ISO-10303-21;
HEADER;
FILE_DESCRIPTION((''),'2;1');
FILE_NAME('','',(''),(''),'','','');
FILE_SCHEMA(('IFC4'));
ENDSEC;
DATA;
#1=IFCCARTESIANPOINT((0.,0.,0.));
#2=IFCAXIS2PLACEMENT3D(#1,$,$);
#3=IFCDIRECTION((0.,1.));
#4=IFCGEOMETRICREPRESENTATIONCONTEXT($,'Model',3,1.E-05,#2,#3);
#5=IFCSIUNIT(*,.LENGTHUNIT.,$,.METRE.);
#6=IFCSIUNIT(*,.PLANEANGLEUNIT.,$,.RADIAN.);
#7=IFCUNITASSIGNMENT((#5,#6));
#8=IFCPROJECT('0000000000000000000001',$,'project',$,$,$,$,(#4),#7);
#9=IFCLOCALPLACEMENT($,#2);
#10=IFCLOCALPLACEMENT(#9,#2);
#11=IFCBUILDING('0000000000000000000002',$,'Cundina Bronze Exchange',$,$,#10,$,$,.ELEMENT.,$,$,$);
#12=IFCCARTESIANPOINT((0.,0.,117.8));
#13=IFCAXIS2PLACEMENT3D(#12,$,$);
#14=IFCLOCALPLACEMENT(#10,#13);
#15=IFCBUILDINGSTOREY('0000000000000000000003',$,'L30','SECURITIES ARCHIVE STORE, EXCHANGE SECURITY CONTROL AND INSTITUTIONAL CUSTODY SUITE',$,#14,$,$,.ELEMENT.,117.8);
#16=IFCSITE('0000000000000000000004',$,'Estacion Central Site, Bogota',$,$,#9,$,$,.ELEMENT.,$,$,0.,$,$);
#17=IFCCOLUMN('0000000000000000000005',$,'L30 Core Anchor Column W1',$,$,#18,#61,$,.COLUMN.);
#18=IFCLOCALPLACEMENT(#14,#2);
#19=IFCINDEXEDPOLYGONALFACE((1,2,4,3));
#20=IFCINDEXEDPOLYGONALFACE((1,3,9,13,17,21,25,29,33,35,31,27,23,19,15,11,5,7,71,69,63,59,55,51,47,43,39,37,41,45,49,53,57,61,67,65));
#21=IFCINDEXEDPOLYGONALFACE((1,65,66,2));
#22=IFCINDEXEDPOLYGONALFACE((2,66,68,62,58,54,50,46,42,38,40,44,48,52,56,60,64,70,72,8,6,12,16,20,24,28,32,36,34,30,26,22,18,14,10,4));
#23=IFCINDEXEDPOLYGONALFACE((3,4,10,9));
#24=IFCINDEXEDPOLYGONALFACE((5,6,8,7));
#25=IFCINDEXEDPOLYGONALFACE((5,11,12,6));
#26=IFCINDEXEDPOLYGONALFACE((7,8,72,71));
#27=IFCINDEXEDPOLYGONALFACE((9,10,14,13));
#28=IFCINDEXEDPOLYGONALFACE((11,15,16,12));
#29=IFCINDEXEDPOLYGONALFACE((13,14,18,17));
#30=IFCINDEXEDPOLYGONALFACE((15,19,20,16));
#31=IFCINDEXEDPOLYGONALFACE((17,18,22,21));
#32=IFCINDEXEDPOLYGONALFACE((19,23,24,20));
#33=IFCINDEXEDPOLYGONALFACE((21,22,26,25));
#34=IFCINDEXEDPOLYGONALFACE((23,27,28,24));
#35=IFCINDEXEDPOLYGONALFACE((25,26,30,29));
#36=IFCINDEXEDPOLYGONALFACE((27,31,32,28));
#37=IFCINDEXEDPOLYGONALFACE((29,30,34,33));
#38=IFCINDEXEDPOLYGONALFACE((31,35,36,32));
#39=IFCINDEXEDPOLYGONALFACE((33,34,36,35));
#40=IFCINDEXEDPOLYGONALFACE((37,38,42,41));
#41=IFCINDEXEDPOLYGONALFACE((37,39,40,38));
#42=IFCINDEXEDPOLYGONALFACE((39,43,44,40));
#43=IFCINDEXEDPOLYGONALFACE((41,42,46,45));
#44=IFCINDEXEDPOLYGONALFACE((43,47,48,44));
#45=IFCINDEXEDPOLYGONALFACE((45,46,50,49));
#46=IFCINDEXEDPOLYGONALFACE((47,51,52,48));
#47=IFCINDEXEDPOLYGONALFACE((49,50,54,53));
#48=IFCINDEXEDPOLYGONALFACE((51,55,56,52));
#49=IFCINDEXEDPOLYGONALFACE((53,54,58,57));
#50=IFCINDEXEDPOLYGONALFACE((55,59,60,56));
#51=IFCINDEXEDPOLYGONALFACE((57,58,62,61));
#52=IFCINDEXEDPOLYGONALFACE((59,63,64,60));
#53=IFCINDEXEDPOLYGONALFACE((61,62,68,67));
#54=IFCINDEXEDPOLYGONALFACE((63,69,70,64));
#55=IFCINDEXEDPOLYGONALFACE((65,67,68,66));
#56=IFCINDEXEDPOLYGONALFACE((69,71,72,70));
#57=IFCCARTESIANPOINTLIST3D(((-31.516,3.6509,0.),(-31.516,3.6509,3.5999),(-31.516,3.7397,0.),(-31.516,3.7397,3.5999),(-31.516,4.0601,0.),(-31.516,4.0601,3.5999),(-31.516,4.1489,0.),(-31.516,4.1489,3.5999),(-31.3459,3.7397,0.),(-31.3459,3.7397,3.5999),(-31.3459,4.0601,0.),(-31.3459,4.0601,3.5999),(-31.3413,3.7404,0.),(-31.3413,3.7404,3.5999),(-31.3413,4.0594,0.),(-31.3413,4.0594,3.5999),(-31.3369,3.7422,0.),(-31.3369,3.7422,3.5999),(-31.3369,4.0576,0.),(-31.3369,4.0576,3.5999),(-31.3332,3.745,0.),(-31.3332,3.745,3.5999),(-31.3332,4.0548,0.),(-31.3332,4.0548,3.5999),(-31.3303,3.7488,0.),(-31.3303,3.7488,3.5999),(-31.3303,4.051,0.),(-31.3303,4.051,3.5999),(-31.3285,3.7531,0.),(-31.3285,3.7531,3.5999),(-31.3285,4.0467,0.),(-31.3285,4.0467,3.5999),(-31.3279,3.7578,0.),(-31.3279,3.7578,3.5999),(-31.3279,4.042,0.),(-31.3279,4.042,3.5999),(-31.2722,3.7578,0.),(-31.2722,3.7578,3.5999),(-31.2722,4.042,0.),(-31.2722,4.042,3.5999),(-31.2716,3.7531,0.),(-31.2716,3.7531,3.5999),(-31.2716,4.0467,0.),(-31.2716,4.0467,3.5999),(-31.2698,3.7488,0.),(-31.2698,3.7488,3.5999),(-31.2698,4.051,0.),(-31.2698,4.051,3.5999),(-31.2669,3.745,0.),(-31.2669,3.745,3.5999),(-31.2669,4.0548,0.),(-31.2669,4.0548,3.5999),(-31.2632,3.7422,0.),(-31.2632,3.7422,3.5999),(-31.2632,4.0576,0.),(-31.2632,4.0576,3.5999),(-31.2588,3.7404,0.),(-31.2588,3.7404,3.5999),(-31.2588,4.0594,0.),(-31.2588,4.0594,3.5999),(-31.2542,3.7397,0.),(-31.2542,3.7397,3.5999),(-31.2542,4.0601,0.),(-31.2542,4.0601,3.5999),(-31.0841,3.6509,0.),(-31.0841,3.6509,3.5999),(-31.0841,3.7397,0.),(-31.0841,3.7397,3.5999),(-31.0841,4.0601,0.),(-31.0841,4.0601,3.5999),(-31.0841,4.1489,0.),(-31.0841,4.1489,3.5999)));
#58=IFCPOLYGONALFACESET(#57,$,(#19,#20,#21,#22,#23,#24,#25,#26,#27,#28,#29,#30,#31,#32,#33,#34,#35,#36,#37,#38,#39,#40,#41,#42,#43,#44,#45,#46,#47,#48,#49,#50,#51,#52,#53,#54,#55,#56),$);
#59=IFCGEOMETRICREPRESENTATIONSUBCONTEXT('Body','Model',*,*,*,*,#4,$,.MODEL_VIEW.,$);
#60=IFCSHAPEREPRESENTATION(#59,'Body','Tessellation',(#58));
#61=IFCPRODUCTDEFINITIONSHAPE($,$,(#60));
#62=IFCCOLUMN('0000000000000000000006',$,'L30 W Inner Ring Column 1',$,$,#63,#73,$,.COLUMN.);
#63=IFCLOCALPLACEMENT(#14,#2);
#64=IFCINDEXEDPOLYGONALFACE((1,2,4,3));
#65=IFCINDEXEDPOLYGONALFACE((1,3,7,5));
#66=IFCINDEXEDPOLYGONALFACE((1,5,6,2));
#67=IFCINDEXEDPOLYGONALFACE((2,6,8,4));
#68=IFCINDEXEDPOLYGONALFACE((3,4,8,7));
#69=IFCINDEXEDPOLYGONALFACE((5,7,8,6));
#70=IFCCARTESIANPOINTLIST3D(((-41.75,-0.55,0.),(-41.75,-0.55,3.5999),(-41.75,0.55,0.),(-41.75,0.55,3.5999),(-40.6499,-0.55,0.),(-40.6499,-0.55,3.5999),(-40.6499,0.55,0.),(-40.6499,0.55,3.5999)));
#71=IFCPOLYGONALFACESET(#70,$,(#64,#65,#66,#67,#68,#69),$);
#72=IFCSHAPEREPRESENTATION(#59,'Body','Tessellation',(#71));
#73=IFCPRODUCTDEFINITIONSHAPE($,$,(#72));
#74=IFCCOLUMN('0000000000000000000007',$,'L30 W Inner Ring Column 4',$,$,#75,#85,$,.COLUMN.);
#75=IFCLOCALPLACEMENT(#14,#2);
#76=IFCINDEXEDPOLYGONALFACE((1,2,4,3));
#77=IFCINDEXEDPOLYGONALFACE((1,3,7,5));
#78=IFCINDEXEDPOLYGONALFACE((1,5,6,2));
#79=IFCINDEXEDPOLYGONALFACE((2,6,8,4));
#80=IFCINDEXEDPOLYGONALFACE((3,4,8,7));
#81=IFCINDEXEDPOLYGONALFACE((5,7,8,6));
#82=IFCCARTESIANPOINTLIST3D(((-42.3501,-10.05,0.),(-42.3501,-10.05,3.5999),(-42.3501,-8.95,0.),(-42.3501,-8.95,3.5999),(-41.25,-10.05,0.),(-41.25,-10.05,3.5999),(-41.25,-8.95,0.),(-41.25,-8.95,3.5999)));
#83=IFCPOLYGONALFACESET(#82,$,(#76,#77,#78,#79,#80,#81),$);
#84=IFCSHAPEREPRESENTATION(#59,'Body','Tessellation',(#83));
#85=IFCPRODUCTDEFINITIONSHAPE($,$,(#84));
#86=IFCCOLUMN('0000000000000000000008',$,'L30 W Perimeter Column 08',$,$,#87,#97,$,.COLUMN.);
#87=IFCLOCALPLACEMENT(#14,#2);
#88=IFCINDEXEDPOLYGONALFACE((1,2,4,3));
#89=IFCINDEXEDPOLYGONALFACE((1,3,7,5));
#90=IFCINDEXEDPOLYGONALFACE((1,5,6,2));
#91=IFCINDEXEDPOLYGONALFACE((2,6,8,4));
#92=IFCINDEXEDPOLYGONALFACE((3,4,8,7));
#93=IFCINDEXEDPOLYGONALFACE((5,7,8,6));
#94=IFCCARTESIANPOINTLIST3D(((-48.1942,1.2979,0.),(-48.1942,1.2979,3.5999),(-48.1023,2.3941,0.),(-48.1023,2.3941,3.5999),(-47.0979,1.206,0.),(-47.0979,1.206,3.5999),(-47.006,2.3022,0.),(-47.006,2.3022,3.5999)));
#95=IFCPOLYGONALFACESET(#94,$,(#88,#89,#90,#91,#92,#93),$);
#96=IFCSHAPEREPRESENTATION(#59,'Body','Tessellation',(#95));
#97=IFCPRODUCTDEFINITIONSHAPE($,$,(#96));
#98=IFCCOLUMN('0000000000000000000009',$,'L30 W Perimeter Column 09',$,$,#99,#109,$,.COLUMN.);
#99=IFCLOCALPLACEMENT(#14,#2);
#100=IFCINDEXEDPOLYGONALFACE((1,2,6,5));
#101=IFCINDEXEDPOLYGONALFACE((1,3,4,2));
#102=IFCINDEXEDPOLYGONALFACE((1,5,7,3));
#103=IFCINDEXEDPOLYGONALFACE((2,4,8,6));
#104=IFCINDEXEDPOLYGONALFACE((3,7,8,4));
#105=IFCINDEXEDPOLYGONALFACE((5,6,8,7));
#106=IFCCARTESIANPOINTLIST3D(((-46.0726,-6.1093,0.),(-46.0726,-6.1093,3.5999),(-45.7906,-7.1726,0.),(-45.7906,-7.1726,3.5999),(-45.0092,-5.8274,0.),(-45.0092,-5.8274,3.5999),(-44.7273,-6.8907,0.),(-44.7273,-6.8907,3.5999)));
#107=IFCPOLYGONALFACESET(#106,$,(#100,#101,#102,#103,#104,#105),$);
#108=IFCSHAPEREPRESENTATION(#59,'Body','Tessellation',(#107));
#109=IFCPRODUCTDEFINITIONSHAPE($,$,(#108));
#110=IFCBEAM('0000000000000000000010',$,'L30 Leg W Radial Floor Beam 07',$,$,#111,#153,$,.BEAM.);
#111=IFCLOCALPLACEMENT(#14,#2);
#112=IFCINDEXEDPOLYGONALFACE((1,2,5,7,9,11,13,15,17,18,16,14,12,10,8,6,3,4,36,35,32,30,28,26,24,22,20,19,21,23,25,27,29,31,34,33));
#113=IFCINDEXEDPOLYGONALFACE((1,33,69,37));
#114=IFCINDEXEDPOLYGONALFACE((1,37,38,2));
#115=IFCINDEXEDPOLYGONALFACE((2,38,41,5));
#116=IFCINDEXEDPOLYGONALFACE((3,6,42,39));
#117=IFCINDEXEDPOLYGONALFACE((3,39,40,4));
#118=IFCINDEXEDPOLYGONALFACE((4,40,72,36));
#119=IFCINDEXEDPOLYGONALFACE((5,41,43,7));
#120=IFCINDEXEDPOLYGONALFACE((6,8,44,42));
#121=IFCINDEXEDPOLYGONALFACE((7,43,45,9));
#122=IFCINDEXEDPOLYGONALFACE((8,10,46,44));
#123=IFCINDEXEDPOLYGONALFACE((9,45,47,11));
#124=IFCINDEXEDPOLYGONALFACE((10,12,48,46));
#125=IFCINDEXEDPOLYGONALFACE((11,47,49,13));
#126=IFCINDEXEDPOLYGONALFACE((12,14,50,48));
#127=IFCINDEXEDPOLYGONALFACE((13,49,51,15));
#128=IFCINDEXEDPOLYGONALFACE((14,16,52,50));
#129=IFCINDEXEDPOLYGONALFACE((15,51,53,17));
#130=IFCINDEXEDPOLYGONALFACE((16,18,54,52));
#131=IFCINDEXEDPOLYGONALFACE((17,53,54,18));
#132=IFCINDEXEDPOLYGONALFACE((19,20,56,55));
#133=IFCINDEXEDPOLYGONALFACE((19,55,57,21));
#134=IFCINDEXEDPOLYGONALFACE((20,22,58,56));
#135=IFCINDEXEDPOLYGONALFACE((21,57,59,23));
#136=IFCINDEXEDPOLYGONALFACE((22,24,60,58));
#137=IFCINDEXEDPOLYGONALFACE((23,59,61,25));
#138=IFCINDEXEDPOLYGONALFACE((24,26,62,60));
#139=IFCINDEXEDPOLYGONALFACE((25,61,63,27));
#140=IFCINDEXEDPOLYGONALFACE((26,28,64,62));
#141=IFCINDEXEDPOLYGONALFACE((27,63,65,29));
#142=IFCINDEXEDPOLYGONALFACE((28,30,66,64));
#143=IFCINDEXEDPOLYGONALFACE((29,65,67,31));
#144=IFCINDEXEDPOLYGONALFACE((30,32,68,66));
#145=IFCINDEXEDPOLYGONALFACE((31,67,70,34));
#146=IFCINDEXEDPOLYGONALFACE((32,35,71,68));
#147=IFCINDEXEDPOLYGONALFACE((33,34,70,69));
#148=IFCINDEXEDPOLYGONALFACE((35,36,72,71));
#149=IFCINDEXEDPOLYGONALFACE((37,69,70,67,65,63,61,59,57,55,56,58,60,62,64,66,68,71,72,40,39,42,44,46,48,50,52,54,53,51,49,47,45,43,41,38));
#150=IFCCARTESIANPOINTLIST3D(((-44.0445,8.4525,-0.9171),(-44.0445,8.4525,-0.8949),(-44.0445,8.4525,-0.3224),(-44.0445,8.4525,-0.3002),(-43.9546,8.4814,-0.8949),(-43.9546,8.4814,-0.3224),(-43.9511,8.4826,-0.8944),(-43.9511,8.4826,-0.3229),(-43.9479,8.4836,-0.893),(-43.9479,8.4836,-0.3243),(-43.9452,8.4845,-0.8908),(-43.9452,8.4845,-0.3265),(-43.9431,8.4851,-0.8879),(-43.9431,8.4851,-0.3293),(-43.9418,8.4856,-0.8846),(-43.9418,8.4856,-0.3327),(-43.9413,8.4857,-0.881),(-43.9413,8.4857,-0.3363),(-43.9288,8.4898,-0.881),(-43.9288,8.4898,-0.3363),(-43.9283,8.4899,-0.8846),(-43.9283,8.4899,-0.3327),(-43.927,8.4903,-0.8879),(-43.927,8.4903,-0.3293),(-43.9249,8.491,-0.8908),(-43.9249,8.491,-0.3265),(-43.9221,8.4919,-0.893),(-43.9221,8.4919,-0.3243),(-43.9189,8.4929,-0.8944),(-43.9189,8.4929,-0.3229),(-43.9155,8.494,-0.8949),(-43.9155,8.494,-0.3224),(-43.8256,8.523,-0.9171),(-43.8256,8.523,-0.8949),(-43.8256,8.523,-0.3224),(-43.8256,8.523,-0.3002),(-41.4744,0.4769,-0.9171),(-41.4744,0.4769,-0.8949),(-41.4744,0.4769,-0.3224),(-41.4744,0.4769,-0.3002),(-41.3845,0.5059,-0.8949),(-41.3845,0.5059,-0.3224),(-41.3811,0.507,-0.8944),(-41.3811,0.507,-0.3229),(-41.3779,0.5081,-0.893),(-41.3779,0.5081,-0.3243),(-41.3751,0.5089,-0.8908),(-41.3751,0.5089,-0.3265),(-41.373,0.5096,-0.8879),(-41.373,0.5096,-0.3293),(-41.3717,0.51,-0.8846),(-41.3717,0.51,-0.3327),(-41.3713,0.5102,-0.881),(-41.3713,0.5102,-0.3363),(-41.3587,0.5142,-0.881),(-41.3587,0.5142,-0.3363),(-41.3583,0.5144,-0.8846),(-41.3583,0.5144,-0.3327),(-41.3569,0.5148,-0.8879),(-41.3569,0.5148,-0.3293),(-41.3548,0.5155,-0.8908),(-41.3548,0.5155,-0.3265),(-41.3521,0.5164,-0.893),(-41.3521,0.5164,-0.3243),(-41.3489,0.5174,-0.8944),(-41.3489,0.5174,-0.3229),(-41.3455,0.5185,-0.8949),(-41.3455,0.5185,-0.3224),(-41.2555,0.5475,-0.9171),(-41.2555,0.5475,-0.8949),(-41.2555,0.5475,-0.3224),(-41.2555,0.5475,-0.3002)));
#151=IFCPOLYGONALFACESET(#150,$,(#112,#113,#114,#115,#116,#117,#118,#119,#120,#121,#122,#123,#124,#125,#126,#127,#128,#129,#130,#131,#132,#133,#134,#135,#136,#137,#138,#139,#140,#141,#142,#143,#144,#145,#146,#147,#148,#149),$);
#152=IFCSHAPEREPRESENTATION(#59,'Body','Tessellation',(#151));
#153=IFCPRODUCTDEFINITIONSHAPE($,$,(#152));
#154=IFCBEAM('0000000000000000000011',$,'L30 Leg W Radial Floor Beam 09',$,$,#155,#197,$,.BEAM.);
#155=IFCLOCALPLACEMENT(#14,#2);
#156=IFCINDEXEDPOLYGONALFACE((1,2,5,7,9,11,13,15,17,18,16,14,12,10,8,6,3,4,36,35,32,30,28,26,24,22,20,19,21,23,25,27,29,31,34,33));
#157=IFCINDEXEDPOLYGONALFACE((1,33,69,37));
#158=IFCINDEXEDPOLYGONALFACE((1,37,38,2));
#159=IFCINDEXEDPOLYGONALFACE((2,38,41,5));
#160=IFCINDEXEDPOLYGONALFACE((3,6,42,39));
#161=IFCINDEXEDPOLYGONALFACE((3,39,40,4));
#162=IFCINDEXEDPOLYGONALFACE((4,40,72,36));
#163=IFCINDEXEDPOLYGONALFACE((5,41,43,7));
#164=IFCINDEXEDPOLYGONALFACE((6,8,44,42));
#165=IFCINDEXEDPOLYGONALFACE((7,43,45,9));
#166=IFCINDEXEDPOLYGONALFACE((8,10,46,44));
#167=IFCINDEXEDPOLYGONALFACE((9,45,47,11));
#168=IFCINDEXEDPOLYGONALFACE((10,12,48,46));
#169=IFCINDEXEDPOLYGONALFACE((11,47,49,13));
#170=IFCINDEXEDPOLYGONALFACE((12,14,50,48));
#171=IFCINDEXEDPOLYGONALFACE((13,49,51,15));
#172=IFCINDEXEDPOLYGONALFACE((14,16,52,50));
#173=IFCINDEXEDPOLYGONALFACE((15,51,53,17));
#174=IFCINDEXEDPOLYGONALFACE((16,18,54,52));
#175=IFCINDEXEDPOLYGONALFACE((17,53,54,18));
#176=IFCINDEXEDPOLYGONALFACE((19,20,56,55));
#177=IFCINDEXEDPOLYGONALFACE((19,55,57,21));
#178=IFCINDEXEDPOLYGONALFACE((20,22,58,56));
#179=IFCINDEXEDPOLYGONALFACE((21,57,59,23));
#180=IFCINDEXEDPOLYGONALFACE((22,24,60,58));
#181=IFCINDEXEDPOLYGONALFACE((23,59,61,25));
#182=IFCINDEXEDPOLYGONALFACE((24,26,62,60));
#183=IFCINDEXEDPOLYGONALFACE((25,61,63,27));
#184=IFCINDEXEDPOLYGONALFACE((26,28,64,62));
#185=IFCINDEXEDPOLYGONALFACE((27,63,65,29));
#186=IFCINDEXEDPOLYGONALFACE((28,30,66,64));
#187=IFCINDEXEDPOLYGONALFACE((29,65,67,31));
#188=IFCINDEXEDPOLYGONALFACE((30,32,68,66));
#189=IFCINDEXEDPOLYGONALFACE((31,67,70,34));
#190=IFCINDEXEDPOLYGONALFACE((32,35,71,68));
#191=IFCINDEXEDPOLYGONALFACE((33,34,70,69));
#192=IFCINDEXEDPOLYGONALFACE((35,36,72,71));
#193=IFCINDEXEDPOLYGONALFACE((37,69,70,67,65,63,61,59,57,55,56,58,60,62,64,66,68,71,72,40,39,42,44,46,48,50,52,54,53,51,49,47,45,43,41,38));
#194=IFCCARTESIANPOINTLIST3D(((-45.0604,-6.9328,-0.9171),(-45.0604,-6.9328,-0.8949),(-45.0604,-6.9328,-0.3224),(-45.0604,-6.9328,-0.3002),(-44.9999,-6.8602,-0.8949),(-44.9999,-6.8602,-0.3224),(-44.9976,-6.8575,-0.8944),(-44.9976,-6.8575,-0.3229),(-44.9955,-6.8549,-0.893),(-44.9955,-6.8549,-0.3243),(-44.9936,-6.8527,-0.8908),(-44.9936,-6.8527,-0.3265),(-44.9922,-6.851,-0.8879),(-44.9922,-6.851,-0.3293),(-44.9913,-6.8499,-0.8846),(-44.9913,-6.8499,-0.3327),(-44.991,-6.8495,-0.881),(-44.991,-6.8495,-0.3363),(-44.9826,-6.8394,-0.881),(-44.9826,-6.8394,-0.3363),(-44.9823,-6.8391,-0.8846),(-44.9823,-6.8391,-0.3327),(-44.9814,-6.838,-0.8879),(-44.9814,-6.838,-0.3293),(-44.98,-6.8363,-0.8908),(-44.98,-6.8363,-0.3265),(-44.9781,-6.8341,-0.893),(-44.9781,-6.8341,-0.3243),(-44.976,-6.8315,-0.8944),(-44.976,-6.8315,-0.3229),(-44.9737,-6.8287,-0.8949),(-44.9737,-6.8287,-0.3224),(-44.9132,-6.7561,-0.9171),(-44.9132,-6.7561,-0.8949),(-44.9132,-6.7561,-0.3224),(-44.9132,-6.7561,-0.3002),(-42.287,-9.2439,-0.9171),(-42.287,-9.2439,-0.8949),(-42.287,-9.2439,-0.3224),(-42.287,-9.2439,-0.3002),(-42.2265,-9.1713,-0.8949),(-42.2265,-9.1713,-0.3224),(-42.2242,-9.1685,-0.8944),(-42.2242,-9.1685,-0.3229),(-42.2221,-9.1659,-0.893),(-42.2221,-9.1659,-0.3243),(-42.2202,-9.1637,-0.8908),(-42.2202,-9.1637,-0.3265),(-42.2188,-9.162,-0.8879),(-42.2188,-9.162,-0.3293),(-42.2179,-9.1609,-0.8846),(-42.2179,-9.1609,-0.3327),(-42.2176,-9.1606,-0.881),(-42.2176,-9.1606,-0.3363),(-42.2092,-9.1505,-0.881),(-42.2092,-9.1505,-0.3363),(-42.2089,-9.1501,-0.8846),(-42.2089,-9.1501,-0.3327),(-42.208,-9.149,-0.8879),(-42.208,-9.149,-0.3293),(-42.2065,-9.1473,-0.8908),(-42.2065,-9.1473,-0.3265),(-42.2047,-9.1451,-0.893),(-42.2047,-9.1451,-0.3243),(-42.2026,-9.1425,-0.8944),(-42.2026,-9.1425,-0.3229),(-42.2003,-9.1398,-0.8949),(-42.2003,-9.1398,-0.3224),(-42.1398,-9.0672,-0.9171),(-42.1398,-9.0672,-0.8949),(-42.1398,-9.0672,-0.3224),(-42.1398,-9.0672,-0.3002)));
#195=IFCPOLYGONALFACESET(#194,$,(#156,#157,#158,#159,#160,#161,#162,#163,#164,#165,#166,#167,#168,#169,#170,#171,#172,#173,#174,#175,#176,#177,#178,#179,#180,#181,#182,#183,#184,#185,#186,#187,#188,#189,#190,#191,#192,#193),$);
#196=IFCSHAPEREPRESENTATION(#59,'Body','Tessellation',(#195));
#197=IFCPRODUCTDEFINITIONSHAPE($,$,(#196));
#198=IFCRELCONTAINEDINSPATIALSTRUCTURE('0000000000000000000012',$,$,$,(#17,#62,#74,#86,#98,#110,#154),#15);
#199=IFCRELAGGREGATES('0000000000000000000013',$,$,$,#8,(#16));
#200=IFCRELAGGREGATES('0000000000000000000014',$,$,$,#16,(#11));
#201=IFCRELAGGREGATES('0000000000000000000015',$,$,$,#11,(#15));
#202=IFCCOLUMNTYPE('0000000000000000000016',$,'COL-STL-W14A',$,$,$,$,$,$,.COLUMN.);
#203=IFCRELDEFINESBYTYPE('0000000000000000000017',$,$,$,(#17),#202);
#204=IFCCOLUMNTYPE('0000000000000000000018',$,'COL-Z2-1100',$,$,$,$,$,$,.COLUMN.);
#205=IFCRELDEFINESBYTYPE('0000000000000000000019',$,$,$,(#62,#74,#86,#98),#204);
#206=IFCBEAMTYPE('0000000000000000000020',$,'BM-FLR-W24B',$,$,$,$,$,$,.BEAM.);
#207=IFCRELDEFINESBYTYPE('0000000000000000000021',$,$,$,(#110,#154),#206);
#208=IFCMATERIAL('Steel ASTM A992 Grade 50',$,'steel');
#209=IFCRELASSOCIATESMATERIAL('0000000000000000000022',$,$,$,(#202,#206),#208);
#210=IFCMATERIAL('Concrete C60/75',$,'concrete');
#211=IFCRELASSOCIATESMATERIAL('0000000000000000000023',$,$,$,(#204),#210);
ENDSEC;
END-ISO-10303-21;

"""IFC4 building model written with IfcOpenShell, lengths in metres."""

from ifc_helpers import new_model, si_unit, direction, frame, origin, origin_2d, place, context, subcontext, project, spatial, rectangle, i_section, extrude, material, material_profile, profile_set, type_object, element, save


model = new_model("IFC4")

# Units and contexts
model_context = context("Model", 3, precision=1e-05, world=origin(), true_north=direction((0.0, 1.0)))
body_context = subcontext(model_context, "Body", "Model", "MODEL_VIEW")
ifc_project = project(units=[si_unit("LENGTHUNIT", "METRE"), si_unit("PLANEANGLEUNIT", "RADIAN")], contexts=[model_context])

# Site, building, storey
site_placement = place(None, origin())
site = spatial("IfcSite", under=ifc_project, at=site_placement, Name="Estacion Central Site, Bogota", CompositionType="ELEMENT", RefElevation=0.0)
building_placement = place(site_placement, origin())
building = spatial("IfcBuilding", under=site, at=building_placement, Name="Cundina Bronze Exchange", CompositionType="ELEMENT")
storey_placement = place(building_placement, frame((0.0, 0.0, 117.8)))
storey = spatial("IfcBuildingStorey", under=building, at=storey_placement, Name="L30", Description="SECURITIES ARCHIVE STORE, EXCHANGE SECURITY CONTROL AND INSTITUTIONAL CUSTODY SUITE", CompositionType="ELEMENT", Elevation=117.8)

# Columns
ifc_material_1 = material(Name="Steel ASTM A992 Grade 50", Category="steel")
ifc_material_profile_1 = material_profile(ifc_material_1, i_section(OverallWidth=0.4319, OverallDepth=0.498, WebThickness=0.0557, FlangeThickness=0.0889, FilletRadius=0.0181, at=origin_2d()), Name="W14X500", Category="steel")
ifc_profile_set_1 = profile_set([ifc_material_profile_1], Name="Steel ASTM A992 Grade 50")
column_type_1 = type_object("IfcColumnType", Name="COL-STL-W14A", PredefinedType="COLUMN", material=ifc_profile_set_1)
column_placement = place(storey_placement, frame((-31.3, 3.8999, 0.0), z_axis=(0.0, 0.0, 1.0), x_axis=(1.0, 0.0, 0.0)))
element("IfcColumn", 1, at=column_placement, inside=storey, type_object=column_type_1, Name="L30 Core Anchor Column W1", PredefinedType="COLUMN", context=body_context, shape_type="SweptSolid", body=[
    extrude(i_section(OverallWidth=0.4319, OverallDepth=0.498, WebThickness=0.0557, FlangeThickness=0.0889, FilletRadius=0.0181, at=origin_2d()), origin(), (0.0, 0.0, 1.0), 3.5999),
])
ifc_material_2 = material(Name="Concrete C60/75", Category="concrete")
ifc_material_profile_2 = material_profile(ifc_material_2, rectangle(XDim=1.1001, YDim=1.1001, at=origin_2d()), Name="RC1100X1100", Category="concrete")
ifc_profile_set_2 = profile_set([ifc_material_profile_2], Name="Concrete C60/75")
column_type_2 = type_object("IfcColumnType", Name="COL-Z2-1100", PredefinedType="COLUMN", material=ifc_profile_set_2)
for number, where, z_axis, x_axis, name in (
    (2, (-41.2, 0.0, 0.0), (0.0, 0.0, 1.0), (1.0, 0.0, 0.0), "L30 W Inner Ring Column 1"),
    (3, (-41.8, -9.5, 0.0), (0.0, 0.0, 1.0), (1.0, 0.0, 0.0), "L30 W Inner Ring Column 4"),
    (4, (-47.6001, 1.8, 0.0), (0.0, 0.0, 1.0), (-0.083504, -0.996507, 0.0), "L30 W Perimeter Column 08"),
    (5, (-45.3999, -6.5, 0.0), (0.0, 0.0, 1.0), (0.256289, -0.9666, 0.0), "L30 W Perimeter Column 09"),
):
    element("IfcColumn", number, at=place(storey_placement, frame(where, z_axis=z_axis, x_axis=x_axis)), inside=storey, type_object=column_type_2, Name=name, PredefinedType="COLUMN", context=body_context, shape_type="SweptSolid", body=[
        extrude(rectangle(XDim=1.1001, YDim=1.1001, at=origin_2d()), origin(), (0.0, 0.0, 1.0), 3.5999),
    ])

# Beams
ifc_material_profile_3 = material_profile(ifc_material_1, i_section(OverallWidth=0.23, OverallDepth=0.6169, WebThickness=0.0132, FlangeThickness=0.0222, FilletRadius=0.0139, at=origin_2d()), Name="W24X94", Category="steel")
ifc_profile_set_3 = profile_set([ifc_material_profile_3], Name="Steel ASTM A992 Grade 50")
beam_type_1 = type_object("IfcBeamType", Name="BM-FLR-W24B", PredefinedType="BEAM", material=ifc_profile_set_3)
beam_1_placement = place(storey_placement, frame((-41.365, 0.5122, -0.6086), z_axis=(-0.306711, 0.951803, 0.0), x_axis=(-0.951803, -0.306711, 0.0)))
element("IfcBeam", 6, at=beam_1_placement, inside=storey, type_object=beam_type_1, Name="L30 Leg W Radial Floor Beam 07", PredefinedType="BEAM", context=body_context, shape_type="SweptSolid", body=[
    extrude(i_section(OverallWidth=0.23, OverallDepth=0.6169, WebThickness=0.0132, FlangeThickness=0.0222, FilletRadius=0.0139, at=origin_2d()), origin(), (0.0, 0.0, 1.0), 8.3794),
])
beam_2_placement = place(storey_placement, frame((-42.2134, -9.1555, -0.6086), z_axis=(-0.768243, 0.640158, 0.0), x_axis=(-0.640158, -0.768243, 0.0)))
element("IfcBeam", 7, at=beam_2_placement, inside=storey, type_object=beam_type_1, Name="L30 Leg W Radial Floor Beam 09", PredefinedType="BEAM", context=body_context, shape_type="SweptSolid", body=[
    extrude(i_section(OverallWidth=0.23, OverallDepth=0.6169, WebThickness=0.0132, FlangeThickness=0.0222, FilletRadius=0.0139, at=origin_2d()), origin(), (0.0, 0.0, 1.0), 3.6101),
])

save(model, "model.ifc")
